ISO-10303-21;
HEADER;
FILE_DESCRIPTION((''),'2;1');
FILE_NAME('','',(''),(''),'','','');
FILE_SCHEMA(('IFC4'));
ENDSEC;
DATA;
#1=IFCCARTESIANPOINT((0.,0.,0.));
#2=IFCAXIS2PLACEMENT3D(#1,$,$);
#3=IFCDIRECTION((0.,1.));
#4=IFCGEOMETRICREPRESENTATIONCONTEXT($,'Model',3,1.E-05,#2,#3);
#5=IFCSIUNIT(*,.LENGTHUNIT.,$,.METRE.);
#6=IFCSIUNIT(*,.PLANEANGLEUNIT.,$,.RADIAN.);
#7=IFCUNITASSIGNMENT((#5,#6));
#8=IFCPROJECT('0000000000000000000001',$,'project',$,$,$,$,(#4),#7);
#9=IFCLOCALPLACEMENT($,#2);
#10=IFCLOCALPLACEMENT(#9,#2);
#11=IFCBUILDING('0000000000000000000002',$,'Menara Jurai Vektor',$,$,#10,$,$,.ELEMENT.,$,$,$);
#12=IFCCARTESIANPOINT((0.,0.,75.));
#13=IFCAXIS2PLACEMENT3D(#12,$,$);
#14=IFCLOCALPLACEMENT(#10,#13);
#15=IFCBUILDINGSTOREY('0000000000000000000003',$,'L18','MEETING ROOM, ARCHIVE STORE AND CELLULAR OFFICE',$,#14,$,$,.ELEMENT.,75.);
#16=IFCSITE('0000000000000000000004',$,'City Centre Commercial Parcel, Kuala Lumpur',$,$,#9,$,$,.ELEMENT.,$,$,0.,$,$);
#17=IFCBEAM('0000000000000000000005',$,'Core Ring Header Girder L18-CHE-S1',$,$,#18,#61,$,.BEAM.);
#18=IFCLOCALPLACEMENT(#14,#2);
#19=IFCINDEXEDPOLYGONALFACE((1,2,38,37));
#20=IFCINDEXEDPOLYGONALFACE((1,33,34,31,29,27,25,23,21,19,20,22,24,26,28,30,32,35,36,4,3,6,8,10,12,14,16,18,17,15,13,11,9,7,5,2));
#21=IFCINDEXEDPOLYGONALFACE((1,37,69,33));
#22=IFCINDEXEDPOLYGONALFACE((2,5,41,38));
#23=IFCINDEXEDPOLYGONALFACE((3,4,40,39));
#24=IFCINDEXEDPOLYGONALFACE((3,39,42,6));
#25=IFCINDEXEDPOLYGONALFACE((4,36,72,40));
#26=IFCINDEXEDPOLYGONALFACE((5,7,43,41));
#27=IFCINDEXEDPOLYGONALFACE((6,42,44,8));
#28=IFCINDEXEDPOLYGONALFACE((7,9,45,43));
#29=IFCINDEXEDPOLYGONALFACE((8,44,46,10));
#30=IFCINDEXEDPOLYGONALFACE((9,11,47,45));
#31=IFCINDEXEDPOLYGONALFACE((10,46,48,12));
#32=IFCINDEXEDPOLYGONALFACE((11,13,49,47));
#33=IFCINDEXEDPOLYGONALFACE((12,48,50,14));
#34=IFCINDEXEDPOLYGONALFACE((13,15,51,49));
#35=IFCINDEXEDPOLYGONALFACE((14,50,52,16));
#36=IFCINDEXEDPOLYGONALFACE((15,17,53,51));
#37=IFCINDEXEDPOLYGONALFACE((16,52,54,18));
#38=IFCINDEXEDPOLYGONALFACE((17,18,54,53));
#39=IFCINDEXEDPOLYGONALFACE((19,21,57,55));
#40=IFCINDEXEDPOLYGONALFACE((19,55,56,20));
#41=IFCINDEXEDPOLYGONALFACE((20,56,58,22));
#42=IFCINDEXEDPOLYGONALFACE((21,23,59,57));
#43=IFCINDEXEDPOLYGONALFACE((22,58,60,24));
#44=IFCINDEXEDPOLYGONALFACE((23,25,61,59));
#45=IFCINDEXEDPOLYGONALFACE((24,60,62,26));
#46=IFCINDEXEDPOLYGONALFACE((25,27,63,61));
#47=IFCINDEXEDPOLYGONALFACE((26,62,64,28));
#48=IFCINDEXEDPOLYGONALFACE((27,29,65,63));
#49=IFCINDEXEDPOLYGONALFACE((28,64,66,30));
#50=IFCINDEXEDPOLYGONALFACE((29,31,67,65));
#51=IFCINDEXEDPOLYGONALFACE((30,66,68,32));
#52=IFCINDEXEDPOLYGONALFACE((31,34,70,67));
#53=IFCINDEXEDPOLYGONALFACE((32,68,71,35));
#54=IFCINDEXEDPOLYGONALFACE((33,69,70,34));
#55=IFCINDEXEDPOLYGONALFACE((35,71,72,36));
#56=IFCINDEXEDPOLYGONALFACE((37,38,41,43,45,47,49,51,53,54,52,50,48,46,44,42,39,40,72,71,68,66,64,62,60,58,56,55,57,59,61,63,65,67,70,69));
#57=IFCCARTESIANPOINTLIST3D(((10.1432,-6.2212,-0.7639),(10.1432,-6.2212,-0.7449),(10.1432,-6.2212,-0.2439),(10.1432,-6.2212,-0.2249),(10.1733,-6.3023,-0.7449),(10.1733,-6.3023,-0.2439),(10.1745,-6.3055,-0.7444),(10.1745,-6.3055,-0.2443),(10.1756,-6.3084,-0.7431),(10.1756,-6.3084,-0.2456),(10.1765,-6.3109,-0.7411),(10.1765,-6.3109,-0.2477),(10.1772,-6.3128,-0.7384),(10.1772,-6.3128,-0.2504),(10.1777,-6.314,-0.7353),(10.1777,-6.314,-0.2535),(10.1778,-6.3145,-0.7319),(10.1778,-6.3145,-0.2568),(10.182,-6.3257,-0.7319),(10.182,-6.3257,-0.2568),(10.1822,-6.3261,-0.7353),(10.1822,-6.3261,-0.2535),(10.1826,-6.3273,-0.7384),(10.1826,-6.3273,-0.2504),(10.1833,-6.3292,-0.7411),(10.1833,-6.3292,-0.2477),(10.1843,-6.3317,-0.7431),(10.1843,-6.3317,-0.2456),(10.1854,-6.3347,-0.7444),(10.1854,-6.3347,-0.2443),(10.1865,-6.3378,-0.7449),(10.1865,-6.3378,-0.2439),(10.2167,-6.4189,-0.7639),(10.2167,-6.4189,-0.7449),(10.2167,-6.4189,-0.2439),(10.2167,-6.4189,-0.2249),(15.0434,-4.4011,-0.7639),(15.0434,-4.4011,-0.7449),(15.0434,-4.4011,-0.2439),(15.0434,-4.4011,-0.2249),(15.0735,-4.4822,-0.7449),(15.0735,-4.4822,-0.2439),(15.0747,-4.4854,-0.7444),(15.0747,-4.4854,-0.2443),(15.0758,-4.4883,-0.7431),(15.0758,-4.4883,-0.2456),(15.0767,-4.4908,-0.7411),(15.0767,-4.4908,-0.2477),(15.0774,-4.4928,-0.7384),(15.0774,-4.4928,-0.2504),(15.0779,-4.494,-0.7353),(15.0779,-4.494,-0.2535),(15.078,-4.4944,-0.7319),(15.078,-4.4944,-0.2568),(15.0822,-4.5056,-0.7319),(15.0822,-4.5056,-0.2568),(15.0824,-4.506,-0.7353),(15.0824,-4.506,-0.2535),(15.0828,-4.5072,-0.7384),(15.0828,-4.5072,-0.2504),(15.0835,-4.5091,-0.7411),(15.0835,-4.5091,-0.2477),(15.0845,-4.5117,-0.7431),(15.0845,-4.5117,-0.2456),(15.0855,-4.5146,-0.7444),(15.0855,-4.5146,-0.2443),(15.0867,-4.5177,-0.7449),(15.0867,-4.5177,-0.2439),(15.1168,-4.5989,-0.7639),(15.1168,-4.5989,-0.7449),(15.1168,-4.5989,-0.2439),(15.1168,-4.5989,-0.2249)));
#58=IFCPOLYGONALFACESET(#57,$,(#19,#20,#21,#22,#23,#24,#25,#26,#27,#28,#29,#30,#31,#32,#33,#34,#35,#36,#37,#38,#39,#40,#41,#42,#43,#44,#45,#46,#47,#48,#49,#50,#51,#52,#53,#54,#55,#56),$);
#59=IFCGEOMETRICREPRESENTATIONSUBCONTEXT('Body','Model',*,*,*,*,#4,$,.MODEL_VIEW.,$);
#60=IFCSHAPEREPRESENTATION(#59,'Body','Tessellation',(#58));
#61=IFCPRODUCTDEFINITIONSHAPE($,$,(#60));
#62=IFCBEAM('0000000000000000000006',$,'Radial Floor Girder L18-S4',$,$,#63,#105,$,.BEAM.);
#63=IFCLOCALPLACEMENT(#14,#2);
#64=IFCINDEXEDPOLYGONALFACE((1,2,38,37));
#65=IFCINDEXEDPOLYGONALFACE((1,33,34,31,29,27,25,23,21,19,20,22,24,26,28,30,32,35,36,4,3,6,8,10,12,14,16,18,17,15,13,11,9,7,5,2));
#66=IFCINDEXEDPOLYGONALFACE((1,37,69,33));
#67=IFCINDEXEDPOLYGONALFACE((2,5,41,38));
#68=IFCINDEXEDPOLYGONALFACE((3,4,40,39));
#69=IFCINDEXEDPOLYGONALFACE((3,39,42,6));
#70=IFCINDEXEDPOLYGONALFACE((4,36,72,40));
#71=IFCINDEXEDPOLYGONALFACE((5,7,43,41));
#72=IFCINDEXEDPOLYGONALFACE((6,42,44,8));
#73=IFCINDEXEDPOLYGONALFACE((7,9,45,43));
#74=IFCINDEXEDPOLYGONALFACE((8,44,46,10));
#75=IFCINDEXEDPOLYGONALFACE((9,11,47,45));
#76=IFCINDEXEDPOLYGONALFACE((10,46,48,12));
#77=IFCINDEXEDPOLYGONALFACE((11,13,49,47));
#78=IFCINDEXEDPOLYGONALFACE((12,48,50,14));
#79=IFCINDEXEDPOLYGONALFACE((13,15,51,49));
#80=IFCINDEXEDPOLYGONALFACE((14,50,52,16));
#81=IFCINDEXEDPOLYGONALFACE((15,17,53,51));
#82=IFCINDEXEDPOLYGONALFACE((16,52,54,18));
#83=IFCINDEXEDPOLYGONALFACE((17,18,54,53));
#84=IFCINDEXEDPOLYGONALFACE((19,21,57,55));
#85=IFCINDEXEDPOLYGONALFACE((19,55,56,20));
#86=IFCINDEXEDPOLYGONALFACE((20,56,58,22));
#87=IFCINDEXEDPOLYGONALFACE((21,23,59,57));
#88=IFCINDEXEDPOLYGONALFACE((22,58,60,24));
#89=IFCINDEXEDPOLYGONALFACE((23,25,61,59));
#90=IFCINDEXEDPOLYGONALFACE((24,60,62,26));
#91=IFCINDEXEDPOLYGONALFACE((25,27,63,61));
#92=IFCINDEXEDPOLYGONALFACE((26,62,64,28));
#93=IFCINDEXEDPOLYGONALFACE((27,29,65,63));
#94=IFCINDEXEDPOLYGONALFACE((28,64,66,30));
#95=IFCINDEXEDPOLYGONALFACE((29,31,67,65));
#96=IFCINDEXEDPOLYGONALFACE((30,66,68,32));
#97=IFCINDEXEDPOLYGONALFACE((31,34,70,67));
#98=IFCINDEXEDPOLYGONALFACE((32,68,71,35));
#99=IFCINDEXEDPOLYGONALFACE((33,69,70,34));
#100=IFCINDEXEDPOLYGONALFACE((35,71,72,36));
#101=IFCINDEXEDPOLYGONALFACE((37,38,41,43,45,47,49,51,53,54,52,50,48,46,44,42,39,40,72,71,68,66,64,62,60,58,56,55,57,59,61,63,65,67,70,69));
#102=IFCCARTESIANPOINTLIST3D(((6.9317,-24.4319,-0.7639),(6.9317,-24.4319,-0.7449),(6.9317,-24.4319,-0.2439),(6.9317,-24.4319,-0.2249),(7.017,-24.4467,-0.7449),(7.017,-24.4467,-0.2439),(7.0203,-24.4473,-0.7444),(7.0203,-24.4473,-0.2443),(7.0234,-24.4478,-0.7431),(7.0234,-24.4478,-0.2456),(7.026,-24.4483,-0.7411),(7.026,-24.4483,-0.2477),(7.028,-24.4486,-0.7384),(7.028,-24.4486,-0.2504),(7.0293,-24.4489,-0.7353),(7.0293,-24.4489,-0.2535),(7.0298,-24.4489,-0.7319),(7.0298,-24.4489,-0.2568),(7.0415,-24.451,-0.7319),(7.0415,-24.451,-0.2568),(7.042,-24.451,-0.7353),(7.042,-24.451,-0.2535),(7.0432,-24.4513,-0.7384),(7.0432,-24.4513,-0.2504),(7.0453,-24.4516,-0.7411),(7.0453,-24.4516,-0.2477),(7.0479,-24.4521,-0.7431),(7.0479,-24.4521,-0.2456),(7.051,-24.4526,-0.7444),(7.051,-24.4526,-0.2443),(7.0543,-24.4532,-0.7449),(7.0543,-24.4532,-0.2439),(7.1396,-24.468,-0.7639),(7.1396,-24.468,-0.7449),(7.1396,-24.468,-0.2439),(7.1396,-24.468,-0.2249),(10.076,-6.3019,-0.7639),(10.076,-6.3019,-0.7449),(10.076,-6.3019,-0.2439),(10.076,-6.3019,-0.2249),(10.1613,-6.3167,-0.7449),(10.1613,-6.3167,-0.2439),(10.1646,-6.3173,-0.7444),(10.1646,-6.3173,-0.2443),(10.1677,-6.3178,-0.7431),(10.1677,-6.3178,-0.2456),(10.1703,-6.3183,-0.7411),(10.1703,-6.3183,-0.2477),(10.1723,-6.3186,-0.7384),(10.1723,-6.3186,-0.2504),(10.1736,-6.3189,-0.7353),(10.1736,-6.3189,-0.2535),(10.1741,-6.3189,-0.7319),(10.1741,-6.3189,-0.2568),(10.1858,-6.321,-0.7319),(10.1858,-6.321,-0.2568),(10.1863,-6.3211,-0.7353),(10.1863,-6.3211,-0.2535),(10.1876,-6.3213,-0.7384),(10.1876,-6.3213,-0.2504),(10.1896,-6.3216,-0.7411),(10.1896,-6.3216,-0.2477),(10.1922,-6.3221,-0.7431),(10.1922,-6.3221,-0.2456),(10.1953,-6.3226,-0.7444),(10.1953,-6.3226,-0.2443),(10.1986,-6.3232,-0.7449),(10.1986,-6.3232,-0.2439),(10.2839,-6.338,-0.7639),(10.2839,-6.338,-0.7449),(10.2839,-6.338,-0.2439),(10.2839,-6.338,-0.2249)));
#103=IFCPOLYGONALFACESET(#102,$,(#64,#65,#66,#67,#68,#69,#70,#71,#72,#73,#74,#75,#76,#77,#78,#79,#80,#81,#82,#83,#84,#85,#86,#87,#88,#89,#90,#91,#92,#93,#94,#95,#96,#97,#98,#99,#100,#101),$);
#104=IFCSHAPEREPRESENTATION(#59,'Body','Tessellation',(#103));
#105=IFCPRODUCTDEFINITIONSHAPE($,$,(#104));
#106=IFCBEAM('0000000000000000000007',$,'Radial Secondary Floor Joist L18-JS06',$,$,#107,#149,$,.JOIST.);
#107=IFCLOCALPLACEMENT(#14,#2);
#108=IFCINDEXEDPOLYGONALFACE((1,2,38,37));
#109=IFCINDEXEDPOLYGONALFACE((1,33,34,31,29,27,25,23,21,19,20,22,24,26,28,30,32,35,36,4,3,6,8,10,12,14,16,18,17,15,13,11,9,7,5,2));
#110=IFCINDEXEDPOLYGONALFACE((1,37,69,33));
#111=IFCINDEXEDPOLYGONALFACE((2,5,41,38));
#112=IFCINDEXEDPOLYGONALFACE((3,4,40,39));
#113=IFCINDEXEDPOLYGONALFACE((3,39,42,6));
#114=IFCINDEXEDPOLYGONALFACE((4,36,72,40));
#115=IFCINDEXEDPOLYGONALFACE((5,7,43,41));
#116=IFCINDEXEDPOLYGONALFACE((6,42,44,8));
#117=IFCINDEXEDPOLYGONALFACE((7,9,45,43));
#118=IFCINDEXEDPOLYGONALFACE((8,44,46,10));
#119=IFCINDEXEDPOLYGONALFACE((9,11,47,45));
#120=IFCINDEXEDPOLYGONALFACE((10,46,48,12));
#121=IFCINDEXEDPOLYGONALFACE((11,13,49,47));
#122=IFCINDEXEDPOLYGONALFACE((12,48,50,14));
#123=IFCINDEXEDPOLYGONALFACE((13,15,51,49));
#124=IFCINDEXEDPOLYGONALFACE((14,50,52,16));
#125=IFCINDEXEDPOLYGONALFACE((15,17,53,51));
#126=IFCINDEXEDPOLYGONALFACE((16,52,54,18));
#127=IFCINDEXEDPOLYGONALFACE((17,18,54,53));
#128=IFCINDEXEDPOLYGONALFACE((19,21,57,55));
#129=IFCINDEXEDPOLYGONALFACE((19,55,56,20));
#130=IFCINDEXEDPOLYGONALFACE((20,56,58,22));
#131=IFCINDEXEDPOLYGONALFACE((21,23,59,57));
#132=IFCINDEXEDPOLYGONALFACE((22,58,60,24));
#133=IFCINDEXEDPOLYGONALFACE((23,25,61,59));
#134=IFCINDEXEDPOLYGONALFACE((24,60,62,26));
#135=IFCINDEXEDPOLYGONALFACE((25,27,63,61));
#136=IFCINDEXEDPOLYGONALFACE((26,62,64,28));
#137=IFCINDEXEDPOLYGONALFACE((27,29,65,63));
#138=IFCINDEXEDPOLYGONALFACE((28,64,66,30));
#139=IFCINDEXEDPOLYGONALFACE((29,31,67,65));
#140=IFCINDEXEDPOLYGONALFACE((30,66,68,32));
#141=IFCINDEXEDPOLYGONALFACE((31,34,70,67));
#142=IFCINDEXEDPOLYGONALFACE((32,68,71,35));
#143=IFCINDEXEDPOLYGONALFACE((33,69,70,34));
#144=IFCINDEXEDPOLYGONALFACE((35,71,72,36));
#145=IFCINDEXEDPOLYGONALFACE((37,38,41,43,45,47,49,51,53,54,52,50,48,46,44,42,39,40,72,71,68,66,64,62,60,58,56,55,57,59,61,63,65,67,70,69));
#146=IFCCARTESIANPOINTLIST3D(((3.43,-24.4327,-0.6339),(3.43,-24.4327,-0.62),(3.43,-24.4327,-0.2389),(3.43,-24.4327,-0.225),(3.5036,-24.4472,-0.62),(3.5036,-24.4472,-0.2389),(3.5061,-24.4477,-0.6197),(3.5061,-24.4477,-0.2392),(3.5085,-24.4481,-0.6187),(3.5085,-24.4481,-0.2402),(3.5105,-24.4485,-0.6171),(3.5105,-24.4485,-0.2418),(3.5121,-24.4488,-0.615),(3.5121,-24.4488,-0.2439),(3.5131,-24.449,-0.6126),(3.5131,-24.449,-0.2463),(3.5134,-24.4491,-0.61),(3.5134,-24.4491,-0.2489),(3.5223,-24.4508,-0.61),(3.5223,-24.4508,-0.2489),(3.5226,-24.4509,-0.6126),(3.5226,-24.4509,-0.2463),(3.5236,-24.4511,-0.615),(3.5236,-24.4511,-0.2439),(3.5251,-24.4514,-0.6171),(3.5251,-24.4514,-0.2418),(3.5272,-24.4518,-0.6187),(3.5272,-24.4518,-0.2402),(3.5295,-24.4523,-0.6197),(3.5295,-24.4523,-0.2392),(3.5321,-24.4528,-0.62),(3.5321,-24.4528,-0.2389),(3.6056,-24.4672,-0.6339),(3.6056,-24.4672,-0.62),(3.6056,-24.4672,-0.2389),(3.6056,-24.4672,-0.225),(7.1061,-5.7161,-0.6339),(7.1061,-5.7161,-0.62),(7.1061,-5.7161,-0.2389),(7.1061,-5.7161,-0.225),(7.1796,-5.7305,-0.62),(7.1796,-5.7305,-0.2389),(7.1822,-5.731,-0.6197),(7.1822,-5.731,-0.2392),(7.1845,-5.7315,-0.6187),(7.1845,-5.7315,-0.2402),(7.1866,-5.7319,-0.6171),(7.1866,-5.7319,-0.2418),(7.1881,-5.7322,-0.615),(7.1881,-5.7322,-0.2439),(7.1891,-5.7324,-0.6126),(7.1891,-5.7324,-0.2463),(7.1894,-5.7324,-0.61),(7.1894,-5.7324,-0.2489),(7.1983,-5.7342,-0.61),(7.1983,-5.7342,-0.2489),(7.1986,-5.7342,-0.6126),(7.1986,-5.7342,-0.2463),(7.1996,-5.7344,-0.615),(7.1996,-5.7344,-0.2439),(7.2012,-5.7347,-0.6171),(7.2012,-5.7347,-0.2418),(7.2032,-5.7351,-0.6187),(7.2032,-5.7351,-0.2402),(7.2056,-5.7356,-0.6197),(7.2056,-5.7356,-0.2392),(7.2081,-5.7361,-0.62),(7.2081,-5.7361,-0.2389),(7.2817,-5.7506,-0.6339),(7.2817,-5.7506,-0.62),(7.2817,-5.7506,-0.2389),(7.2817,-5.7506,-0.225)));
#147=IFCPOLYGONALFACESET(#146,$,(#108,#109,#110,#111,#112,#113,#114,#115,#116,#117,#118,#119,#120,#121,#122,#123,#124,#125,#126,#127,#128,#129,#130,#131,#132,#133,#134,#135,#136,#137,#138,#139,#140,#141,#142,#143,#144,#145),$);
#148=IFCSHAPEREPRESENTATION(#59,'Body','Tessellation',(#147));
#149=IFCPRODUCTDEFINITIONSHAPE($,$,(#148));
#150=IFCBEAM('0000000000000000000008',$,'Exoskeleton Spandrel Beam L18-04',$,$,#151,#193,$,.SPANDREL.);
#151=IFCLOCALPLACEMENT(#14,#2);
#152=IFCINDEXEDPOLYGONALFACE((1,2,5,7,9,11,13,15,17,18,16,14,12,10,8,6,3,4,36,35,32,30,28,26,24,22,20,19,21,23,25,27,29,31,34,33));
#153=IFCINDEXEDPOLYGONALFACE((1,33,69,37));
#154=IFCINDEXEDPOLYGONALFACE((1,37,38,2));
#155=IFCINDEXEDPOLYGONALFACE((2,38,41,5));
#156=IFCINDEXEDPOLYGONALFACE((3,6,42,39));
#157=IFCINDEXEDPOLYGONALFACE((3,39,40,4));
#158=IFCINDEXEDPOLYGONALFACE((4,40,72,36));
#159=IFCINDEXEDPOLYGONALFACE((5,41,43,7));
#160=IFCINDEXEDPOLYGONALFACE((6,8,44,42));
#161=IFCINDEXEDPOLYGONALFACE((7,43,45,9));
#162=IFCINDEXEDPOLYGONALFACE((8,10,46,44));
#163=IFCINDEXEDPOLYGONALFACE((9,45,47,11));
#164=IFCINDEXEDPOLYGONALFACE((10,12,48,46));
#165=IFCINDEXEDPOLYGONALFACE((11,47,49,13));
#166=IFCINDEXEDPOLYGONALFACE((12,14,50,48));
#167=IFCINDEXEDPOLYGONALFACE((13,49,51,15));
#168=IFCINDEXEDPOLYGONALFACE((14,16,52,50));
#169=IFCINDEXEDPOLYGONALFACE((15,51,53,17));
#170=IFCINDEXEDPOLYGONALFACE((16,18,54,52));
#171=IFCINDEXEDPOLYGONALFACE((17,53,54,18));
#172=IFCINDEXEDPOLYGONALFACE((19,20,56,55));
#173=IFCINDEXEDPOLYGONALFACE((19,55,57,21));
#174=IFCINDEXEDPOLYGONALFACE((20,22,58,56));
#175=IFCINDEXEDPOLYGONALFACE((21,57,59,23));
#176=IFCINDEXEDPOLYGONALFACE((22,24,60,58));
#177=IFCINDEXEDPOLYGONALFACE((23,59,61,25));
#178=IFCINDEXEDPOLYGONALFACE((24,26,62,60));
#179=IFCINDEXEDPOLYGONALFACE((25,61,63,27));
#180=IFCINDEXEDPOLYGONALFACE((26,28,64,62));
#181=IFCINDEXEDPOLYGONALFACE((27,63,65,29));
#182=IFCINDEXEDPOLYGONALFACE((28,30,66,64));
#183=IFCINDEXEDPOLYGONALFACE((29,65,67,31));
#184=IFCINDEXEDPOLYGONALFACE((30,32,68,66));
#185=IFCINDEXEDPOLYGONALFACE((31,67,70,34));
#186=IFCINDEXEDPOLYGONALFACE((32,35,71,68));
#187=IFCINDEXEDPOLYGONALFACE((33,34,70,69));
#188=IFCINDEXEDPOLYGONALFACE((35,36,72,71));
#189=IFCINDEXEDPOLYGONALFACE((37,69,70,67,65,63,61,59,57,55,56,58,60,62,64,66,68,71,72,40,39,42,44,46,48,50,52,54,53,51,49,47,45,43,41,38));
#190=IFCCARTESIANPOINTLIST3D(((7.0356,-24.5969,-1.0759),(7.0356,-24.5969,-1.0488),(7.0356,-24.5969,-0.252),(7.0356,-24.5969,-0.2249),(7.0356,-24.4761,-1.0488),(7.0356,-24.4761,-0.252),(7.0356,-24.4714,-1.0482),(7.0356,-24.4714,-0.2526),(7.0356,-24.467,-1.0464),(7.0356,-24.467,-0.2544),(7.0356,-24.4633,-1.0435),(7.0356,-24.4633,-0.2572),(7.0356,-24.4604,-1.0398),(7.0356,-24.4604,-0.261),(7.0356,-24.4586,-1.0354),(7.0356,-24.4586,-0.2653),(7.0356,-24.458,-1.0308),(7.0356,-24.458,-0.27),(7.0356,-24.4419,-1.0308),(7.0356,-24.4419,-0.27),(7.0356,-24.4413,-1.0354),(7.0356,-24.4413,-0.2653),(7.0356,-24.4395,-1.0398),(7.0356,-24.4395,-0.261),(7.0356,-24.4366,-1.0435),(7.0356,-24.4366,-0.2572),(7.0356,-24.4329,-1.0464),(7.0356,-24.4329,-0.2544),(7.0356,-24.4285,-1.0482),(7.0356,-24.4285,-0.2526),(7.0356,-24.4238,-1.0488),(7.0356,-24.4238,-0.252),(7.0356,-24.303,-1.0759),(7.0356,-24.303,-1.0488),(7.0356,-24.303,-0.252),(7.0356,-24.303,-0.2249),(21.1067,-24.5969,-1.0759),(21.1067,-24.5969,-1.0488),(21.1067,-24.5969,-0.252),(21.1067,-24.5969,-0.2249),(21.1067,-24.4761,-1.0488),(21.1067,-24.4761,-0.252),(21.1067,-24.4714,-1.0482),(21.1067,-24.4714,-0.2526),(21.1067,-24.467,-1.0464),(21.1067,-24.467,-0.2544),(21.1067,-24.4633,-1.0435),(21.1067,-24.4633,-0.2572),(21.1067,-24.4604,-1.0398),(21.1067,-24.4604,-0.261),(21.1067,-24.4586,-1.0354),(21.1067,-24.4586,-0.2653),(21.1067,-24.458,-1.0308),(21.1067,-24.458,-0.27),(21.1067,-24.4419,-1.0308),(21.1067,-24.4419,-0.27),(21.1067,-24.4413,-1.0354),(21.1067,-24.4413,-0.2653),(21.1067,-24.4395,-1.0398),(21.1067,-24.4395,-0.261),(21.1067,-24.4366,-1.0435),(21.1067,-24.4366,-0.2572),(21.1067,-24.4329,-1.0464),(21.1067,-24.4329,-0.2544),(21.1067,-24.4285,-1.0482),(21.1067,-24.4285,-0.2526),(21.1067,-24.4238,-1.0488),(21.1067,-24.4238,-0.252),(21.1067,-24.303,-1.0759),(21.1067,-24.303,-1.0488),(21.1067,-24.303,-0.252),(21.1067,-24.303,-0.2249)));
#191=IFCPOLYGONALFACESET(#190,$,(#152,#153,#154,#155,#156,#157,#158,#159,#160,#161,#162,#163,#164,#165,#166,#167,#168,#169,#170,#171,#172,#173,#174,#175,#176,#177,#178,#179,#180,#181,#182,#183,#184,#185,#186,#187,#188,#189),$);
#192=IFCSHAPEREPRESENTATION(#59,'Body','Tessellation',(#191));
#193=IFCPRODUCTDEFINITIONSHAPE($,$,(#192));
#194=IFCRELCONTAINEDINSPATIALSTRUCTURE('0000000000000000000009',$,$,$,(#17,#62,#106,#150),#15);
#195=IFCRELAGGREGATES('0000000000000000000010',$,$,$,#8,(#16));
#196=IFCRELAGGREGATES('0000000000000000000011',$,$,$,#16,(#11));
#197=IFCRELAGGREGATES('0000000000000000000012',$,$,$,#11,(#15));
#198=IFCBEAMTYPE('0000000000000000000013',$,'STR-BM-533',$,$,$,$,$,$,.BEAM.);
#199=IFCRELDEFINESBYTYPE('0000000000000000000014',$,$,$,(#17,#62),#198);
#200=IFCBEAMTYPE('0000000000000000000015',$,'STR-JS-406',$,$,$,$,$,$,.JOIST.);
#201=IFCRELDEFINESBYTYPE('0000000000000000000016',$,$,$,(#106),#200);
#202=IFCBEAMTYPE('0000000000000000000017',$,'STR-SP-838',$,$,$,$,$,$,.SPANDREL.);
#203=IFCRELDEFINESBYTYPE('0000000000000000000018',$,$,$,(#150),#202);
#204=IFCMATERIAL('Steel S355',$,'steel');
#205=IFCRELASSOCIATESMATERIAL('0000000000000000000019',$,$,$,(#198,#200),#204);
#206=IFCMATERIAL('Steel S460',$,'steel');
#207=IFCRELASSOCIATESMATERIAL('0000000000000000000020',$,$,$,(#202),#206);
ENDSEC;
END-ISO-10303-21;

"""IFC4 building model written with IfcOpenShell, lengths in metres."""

from ifc_helpers import new_model, si_unit, direction, frame, origin, origin_2d, place, context, subcontext, project, spatial, i_section, extrude, material, material_profile, profile_set, type_object, element, save


model = new_model("IFC4")

# Units and contexts
model_context = context("Model", 3, precision=1e-05, world=origin(), true_north=direction((0.0, 1.0)))
body_context = subcontext(model_context, "Body", "Model", "MODEL_VIEW")
ifc_project = project(units=[si_unit("LENGTHUNIT", "METRE"), si_unit("PLANEANGLEUNIT", "RADIAN")], contexts=[model_context])

# Site, building, storey
site_placement = place(None, origin())
site = spatial("IfcSite", under=ifc_project, at=site_placement, Name="City Centre Commercial Parcel, Kuala Lumpur", CompositionType="ELEMENT", RefElevation=0.0)
building_placement = place(site_placement, origin())
building = spatial("IfcBuilding", under=site, at=building_placement, Name="Menara Jurai Vektor", CompositionType="ELEMENT")
storey_placement = place(building_placement, frame((0.0, 0.0, 75.0)))
storey = spatial("IfcBuildingStorey", under=building, at=storey_placement, Name="L18", Description="MEETING ROOM, ARCHIVE STORE AND CELLULAR OFFICE", CompositionType="ELEMENT", Elevation=75.0)

# Shared definitions
ifc_material_1 = material(Name="Steel S460", Category="steel")

# Beams
ifc_material_2 = material(Name="Steel S355", Category="steel")
ifc_material_profile_1 = material_profile(ifc_material_2, i_section(OverallWidth=0.2109, OverallDepth=0.5391, WebThickness=0.012, FlangeThickness=0.019, FilletRadius=0.0129, at=origin_2d()), Name="UKB 533x210x109")
ifc_profile_set_1 = profile_set([ifc_material_profile_1], Name="Steel S355")
beam_type_1 = type_object("IfcBeamType", Name="STR-BM-533", PredefinedType="BEAM", material=ifc_profile_set_1)
beam_1_placement = place(storey_placement, frame((10.1799, -6.3201, -0.4944), z_axis=(0.937424, 0.348189, 0.0), x_axis=(-0.348189, 0.937424, 0.0)))
element("IfcBeam", 1, at=beam_1_placement, inside=storey, type_object=beam_type_1, Name="Core Ring Header Girder L18-CHE-S1", PredefinedType="BEAM", context=body_context, shape_type="SweptSolid", body=[
    extrude(i_section(OverallWidth=0.2109, OverallDepth=0.5391, WebThickness=0.012, FlangeThickness=0.019, FilletRadius=0.0129, at=origin_2d()), origin(), (0.0, 0.0, 1.0), 5.2273),
])
beam_2_placement = place(storey_placement, frame((7.0356, -24.45, -0.4944), z_axis=(0.17088, 0.985292, 0.0), x_axis=(-0.985292, 0.17088, 0.0)))
element("IfcBeam", 2, at=beam_2_placement, inside=storey, type_object=beam_type_1, Name="Radial Floor Girder L18-S4", PredefinedType="BEAM", context=body_context, shape_type="SweptSolid", body=[
    extrude(i_section(OverallWidth=0.2109, OverallDepth=0.5391, WebThickness=0.012, FlangeThickness=0.019, FilletRadius=0.0129, at=origin_2d()), origin(), (0.0, 0.0, 1.0), 18.4006),
])
ifc_material_profile_2 = material_profile(ifc_material_2, i_section(OverallWidth=0.179, OverallDepth=0.4089, WebThickness=0.009, FlangeThickness=0.0139, FilletRadius=0.01, at=origin_2d()), Name="UKB 406x178x67")
ifc_profile_set_2 = profile_set([ifc_material_profile_2], Name="Steel S355")
beam_type_2 = type_object("IfcBeamType", Name="STR-JS-406", PredefinedType="JOIST", material=ifc_profile_set_2)
beam_3_placement = place(storey_placement, frame((3.5178, -24.45, -0.4294), z_axis=(0.192723, 0.981253, 0.0), x_axis=(-0.981253, 0.192723, 0.0)))
element("IfcBeam", 3, at=beam_3_placement, inside=storey, type_object=beam_type_2, Name="Radial Secondary Floor Joist L18-JS06", PredefinedType="JOIST", context=body_context, shape_type="SweptSolid", body=[
    extrude(i_section(OverallWidth=0.179, OverallDepth=0.4089, WebThickness=0.009, FlangeThickness=0.0139, FilletRadius=0.01, at=origin_2d()), origin(), (0.0, 0.0, 1.0), 19.0742),
])
ifc_material_profile_3 = material_profile(ifc_material_1, i_section(OverallWidth=0.2939, OverallDepth=0.8511, WebThickness=0.0161, FlangeThickness=0.0271, FilletRadius=0.0181, at=origin_2d()), Name="UKB 838x292x226")
ifc_profile_set_3 = profile_set([ifc_material_profile_3], Name="Steel S460")
beam_type_3 = type_object("IfcBeamType", Name="STR-SP-838", PredefinedType="SPANDREL", material=ifc_profile_set_3)
beam_4_placement = place(storey_placement, frame((7.0356, -24.45, -0.6504), z_axis=(1.0, 0.0, 0.0), x_axis=(0.0, 1.0, 0.0)))
element("IfcBeam", 4, at=beam_4_placement, inside=storey, type_object=beam_type_3, Name="Exoskeleton Spandrel Beam L18-04", PredefinedType="SPANDREL", context=body_context, shape_type="SweptSolid", body=[
    extrude(i_section(OverallWidth=0.2939, OverallDepth=0.8511, WebThickness=0.0161, FlangeThickness=0.0271, FilletRadius=0.0181, at=origin_2d()), origin(), (0.0, 0.0, 1.0), 14.071),
])

save(model, "model.ifc")
